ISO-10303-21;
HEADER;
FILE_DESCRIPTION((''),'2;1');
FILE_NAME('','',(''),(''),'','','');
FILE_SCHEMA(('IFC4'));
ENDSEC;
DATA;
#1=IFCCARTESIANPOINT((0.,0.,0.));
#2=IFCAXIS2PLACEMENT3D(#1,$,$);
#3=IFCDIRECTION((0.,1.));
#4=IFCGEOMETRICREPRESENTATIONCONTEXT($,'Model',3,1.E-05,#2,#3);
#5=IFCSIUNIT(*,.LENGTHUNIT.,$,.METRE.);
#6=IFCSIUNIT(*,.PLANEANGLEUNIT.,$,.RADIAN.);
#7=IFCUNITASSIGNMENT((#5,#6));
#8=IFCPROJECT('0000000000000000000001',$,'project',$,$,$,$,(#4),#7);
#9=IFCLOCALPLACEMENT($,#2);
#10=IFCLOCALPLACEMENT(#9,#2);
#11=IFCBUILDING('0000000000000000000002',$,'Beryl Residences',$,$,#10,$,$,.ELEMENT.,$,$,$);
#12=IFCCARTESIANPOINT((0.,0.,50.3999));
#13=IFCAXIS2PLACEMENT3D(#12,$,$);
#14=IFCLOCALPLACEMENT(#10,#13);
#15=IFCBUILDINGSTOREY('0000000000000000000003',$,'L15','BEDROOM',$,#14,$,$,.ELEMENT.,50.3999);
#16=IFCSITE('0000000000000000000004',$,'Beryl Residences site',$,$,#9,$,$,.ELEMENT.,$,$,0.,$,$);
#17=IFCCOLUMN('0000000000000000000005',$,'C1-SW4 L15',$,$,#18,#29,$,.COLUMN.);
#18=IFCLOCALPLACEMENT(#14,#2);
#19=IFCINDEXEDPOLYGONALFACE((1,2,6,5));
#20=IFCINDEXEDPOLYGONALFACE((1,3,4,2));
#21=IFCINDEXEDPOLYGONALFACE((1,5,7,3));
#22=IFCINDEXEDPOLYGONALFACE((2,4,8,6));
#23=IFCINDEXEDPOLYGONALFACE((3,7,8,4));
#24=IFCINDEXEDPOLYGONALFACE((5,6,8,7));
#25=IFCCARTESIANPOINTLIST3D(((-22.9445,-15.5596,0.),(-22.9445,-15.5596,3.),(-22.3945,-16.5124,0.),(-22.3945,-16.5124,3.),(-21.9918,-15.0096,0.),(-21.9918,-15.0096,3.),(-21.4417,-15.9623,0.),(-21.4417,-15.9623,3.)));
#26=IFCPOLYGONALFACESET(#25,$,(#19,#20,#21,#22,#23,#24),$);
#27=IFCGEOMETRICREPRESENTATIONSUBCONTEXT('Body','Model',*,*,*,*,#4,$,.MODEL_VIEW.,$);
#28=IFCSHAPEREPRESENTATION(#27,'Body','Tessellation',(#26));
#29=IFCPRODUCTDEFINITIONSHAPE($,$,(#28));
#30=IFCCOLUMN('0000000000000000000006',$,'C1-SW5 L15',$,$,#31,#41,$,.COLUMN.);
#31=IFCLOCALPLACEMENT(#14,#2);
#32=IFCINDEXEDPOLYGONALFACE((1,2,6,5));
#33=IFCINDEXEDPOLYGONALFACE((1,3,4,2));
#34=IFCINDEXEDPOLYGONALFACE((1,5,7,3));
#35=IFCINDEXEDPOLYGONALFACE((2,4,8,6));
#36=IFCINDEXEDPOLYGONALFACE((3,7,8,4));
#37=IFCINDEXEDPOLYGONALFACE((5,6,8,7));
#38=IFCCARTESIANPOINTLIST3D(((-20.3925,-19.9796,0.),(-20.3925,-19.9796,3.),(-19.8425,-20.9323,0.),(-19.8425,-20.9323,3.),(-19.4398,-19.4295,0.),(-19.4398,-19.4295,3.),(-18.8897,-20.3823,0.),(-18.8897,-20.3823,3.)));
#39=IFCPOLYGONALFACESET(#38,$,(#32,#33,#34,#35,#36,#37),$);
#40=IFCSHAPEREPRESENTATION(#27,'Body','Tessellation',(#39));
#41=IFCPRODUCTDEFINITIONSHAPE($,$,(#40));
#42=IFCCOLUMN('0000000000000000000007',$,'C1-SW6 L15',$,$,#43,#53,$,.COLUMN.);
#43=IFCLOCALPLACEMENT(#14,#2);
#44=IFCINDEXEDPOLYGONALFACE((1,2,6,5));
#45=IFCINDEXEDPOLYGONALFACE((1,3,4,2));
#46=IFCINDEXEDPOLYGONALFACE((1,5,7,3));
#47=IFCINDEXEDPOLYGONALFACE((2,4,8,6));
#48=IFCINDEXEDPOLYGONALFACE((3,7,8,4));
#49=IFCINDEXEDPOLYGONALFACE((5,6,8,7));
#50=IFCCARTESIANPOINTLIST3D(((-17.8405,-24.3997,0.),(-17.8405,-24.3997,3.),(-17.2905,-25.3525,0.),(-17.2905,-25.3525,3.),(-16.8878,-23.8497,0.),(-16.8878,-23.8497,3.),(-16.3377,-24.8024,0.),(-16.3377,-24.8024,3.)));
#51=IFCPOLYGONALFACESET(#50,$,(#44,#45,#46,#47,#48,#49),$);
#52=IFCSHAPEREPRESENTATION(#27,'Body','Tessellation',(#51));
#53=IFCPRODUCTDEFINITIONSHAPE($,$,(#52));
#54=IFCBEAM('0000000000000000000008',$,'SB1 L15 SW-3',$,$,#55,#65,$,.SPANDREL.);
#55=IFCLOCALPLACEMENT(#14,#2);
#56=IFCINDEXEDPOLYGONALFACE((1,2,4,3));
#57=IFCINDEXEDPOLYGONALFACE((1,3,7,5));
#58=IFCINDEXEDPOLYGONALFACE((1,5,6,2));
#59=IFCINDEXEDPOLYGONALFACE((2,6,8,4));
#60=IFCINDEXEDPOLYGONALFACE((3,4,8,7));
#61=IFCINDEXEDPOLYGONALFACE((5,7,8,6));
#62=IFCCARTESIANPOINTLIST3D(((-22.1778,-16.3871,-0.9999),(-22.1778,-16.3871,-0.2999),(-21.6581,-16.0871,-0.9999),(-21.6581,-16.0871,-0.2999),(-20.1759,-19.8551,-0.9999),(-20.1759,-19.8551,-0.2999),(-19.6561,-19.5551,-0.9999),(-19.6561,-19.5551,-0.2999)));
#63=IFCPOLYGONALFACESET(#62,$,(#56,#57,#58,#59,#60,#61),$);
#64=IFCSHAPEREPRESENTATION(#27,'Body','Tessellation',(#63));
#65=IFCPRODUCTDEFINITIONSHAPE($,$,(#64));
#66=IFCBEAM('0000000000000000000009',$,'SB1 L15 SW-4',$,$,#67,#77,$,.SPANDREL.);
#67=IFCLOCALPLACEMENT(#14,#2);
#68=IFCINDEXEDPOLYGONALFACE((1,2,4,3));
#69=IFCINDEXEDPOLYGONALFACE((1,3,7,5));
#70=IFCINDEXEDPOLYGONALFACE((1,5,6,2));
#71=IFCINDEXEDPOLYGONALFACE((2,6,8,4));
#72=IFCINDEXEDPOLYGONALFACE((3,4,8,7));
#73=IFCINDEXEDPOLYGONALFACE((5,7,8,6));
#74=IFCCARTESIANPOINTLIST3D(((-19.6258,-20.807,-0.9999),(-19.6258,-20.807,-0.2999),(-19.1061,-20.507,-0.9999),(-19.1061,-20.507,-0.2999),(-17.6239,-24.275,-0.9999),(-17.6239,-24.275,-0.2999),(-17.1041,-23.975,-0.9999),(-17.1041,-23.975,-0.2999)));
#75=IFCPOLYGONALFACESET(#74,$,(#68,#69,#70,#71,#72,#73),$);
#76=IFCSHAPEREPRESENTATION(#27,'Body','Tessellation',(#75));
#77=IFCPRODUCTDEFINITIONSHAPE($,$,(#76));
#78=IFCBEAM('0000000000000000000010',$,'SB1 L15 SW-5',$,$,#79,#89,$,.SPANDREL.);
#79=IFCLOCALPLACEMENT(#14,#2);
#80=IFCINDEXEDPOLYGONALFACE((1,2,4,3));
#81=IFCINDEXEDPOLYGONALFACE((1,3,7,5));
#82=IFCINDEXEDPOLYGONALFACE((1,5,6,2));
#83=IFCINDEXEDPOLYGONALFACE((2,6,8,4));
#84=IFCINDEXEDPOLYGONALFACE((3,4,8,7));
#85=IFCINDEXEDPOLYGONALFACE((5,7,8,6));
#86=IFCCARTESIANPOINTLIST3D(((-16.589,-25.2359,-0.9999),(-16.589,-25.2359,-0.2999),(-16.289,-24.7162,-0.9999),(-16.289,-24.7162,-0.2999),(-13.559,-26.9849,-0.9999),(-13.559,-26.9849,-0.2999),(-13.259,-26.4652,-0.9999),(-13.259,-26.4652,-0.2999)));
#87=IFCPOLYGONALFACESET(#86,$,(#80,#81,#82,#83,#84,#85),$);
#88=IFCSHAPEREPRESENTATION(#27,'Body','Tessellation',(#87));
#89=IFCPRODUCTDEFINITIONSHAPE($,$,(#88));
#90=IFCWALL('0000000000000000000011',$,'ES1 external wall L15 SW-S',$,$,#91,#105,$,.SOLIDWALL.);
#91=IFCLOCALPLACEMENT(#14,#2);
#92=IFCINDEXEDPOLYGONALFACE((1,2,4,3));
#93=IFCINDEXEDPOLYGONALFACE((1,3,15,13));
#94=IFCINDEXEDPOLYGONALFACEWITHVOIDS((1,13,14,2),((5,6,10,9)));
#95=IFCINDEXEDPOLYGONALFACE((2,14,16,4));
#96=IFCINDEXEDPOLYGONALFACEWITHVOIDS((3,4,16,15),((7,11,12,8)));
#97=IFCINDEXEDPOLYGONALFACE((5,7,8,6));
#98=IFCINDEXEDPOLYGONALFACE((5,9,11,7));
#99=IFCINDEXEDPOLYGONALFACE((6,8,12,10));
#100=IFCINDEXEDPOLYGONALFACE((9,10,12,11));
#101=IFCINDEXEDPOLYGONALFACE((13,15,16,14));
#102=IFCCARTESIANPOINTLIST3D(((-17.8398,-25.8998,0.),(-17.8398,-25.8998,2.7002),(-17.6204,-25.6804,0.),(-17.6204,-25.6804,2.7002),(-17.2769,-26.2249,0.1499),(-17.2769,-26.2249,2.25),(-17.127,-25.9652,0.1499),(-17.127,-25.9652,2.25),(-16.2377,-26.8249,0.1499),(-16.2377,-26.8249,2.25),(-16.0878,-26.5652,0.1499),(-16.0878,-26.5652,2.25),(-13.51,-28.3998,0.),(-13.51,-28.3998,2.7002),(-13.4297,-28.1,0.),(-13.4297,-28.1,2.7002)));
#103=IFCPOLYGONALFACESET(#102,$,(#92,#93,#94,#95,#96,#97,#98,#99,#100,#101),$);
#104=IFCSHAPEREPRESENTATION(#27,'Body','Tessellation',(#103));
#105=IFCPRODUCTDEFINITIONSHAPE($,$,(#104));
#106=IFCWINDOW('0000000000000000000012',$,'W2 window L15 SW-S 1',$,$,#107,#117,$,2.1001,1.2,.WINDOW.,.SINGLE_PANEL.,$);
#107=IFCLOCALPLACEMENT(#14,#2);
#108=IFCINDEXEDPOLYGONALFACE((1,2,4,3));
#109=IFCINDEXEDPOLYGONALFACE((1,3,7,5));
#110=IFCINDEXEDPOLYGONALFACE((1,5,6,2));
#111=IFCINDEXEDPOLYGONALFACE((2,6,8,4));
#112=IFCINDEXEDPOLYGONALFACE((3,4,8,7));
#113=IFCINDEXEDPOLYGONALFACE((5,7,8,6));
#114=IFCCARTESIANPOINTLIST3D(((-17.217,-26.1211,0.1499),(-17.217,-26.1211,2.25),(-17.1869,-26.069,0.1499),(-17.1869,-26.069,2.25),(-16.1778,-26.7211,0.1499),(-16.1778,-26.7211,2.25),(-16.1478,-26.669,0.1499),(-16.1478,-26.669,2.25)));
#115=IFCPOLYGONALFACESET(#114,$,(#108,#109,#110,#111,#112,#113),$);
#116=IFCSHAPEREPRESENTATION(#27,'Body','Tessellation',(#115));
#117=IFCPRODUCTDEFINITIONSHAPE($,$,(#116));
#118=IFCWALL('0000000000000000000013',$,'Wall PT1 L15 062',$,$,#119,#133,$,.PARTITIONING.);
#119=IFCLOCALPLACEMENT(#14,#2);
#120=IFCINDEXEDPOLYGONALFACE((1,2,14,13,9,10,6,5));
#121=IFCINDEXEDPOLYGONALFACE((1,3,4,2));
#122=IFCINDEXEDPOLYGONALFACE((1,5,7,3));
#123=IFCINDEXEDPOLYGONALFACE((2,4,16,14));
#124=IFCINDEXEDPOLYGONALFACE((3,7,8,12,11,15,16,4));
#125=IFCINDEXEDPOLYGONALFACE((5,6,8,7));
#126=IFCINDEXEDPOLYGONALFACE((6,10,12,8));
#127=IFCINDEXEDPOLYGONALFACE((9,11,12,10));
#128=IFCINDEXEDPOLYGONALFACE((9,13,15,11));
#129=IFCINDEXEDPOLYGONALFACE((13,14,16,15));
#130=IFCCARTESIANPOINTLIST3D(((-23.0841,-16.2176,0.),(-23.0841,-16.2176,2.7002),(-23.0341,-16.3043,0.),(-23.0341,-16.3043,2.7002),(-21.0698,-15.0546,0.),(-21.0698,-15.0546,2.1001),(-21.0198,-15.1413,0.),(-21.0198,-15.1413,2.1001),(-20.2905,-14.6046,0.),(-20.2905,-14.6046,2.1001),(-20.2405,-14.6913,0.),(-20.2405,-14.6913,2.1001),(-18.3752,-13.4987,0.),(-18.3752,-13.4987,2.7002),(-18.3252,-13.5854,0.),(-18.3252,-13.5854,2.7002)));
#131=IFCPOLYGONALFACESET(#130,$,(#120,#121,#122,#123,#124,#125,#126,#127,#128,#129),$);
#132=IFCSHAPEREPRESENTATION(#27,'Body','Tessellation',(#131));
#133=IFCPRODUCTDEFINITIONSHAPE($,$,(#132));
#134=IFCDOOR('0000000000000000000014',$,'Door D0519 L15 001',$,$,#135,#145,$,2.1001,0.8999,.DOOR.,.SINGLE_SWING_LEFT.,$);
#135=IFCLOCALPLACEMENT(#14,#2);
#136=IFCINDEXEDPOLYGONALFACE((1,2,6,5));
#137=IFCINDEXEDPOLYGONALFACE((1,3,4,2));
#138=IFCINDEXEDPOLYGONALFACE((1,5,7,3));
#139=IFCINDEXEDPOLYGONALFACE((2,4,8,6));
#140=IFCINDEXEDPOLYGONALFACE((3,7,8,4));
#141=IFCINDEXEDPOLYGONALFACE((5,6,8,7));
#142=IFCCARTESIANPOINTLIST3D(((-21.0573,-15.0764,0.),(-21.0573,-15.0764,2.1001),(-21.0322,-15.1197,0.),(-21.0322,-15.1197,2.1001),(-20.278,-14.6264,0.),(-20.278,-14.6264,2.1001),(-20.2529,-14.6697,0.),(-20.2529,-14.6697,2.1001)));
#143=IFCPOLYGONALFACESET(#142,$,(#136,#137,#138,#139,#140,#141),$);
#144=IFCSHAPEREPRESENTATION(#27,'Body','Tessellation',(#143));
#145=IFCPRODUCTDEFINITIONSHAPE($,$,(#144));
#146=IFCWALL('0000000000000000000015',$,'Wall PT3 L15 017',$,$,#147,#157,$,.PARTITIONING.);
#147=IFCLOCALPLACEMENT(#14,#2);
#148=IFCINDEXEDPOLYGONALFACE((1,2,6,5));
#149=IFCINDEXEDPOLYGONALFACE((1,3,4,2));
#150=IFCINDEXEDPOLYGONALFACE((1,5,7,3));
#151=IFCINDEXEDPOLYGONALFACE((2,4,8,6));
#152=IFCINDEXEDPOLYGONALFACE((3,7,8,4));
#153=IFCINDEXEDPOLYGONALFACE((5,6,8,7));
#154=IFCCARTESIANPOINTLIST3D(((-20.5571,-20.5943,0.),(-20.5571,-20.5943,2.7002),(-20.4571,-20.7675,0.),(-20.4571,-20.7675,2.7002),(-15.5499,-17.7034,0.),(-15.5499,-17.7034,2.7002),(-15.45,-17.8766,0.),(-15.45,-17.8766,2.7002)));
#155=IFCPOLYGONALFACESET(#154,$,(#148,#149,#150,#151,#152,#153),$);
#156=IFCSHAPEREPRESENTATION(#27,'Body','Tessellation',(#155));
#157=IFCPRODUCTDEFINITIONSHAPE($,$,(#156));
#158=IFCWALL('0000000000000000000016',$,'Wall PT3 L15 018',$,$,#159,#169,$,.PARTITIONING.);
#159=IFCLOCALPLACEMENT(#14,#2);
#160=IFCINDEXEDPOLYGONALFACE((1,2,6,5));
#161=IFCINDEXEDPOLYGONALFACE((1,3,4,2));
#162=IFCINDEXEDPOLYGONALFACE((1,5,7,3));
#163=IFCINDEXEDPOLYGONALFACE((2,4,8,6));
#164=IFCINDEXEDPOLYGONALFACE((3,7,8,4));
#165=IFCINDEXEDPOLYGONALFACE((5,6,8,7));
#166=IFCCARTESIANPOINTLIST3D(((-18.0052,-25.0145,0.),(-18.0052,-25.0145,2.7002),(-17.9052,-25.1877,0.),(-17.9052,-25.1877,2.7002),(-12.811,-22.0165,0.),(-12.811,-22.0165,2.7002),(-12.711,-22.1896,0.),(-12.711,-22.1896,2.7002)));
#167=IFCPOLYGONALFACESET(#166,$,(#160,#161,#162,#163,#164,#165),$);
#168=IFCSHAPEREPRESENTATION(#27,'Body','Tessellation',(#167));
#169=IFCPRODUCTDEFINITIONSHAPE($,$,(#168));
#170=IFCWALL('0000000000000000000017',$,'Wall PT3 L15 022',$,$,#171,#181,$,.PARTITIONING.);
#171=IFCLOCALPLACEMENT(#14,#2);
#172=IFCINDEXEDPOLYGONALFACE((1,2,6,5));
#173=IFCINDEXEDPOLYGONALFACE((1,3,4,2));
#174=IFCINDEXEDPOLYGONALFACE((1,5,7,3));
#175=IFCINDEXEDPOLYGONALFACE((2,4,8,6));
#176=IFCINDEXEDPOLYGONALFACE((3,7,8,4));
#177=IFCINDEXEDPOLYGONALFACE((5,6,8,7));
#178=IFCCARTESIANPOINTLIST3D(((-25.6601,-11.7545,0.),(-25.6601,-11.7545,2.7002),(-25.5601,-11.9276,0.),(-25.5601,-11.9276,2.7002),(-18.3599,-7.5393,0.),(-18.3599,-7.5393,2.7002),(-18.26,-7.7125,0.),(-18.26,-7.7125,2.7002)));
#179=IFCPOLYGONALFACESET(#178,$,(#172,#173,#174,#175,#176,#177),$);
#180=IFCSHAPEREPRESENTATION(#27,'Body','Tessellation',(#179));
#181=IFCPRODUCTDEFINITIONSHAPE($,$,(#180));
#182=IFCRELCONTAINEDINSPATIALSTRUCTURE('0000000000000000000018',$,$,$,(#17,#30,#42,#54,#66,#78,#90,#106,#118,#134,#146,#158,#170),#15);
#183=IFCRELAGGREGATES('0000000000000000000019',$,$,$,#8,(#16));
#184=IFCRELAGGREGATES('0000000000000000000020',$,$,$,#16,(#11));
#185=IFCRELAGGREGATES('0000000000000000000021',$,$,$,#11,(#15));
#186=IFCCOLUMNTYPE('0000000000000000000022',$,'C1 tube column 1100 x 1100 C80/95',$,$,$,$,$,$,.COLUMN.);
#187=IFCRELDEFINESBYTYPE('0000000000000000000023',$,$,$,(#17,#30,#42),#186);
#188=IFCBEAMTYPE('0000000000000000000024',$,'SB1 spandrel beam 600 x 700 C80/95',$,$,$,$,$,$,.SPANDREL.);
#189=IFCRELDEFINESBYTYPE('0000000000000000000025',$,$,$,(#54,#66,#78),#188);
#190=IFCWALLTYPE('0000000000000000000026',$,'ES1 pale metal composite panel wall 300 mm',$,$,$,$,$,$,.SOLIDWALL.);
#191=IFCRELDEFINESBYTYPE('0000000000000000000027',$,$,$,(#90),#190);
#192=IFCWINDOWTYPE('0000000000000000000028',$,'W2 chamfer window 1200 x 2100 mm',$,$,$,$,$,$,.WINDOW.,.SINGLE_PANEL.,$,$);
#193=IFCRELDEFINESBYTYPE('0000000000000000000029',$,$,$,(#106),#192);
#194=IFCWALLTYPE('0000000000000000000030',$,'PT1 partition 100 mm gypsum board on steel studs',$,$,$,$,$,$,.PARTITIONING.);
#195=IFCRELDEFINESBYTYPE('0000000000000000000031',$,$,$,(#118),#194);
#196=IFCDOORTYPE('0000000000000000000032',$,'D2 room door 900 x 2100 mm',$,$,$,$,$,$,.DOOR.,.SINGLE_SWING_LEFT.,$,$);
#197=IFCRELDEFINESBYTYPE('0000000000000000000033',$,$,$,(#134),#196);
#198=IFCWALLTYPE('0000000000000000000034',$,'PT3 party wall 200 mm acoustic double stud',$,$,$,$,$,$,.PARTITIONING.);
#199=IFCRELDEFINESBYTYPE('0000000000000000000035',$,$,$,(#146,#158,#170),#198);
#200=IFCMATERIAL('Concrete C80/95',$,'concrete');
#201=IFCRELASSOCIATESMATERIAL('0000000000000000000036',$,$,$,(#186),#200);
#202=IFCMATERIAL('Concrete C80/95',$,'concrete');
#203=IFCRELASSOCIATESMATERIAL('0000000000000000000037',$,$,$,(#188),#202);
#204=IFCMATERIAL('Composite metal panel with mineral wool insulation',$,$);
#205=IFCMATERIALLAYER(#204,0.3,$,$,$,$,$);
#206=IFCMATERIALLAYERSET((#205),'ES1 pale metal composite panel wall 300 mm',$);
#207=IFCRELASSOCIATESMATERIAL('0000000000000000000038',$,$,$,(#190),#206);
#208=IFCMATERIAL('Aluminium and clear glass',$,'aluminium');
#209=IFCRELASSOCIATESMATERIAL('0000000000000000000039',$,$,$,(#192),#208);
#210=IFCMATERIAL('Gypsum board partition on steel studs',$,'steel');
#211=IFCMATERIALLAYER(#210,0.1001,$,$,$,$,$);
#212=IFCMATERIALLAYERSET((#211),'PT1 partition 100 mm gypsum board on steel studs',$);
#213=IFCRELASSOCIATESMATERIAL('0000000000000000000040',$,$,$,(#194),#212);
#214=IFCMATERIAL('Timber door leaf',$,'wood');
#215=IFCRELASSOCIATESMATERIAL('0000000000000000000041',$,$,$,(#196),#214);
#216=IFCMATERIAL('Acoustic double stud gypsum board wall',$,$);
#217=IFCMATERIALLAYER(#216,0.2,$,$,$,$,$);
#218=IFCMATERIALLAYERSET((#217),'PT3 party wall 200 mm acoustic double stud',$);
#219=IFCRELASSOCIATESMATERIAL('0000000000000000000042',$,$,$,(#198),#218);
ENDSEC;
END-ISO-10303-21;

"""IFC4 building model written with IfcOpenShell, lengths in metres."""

from ifc_helpers import new_model, si_unit, direction, frame, frame_2d, origin, origin_2d, place, context, subcontext, project, spatial, polyline, rectangle, outline, extrude, material, layer, layer_set, material_profile, profile_set, type_object, element, fill, save


model = new_model("IFC4")

# Units and contexts
model_context = context("Model", 3, precision=1e-05, world=origin(), true_north=direction((0.0, 1.0)))
body_context = subcontext(model_context, "Body", "Model", "MODEL_VIEW")
ifc_project = project(units=[si_unit("LENGTHUNIT", "METRE"), si_unit("PLANEANGLEUNIT", "RADIAN")], contexts=[model_context])

# Site, building, storey
site_placement = place(None, origin())
site = spatial("IfcSite", under=ifc_project, at=site_placement, Name="Beryl Residences site", CompositionType="ELEMENT", RefElevation=0.0)
building_placement = place(site_placement, origin())
building = spatial("IfcBuilding", under=site, at=building_placement, Name="Beryl Residences", CompositionType="ELEMENT")
storey_placement = place(building_placement, frame((0.0, 0.0, 50.3999)))
storey = spatial("IfcBuildingStorey", under=building, at=storey_placement, Name="L15", Description="BEDROOM", CompositionType="ELEMENT", Elevation=50.3999)

# Columns
ifc_material_1 = material(Name="Concrete C80/95", Category="concrete")
ifc_material_profile_1 = material_profile(ifc_material_1, rectangle(XDim=1.1001, YDim=1.1001, at=origin_2d()))
ifc_profile_set_1 = profile_set([ifc_material_profile_1], Name="Concrete C80/95")
column_type = type_object("IfcColumnType", Name="C1 tube column 1100 x 1100 C80/95", PredefinedType="COLUMN", material=ifc_profile_set_1)
for number, where, z_axis, x_axis, name in (
    (1, (-22.1931, -15.761, 0.0), (0.0, 0.0, 1.0), (0.499985, -0.866034, 0.0), "C1-SW4 L15"),
    (2, (-19.6411, -20.1809, 0.0), (0.0, 0.0, 1.0), (0.499985, -0.866034, 0.0), "C1-SW5 L15"),
    (3, (-17.0891, -24.6011, 0.0), (0.0, 0.0, 1.0), (0.499985, -0.866034, 0.0), "C1-SW6 L15"),
):
    element("IfcColumn", number, at=place(storey_placement, frame(where, z_axis=z_axis, x_axis=x_axis)), inside=storey, type_object=column_type, Name=name, PredefinedType="COLUMN", context=body_context, shape_type="SweptSolid", body=[
        extrude(rectangle(XDim=1.1001, YDim=1.1001, at=origin_2d()), origin(), (0.0, 0.0, 1.0), 3.0),
    ])

# Beams
ifc_material_2 = material(Name="Concrete C80/95", Category="concrete")
ifc_material_profile_2 = material_profile(ifc_material_2, rectangle(XDim=0.6001, YDim=0.7, at=origin_2d()))
ifc_profile_set_2 = profile_set([ifc_material_profile_2], Name="Concrete C80/95")
beam_type = type_object("IfcBeamType", Name="SB1 spandrel beam 600 x 700 C80/95", PredefinedType="SPANDREL", material=ifc_profile_set_2)
for number, where, z_axis, x_axis, name in (
    (4, (-21.918, -16.2371, -0.6499), (0.499942, -0.866059, 0.0), (0.866059, 0.499942, 0.0), "SB1 L15 SW-3"),
    (5, (-19.366, -20.657, -0.6499), (0.499942, -0.866059, 0.0), (0.866059, 0.499942, 0.0), "SB1 L15 SW-4"),
):
    element("IfcBeam", number, at=place(storey_placement, frame(where, z_axis=z_axis, x_axis=x_axis)), inside=storey, type_object=beam_type, Name=name, PredefinedType="SPANDREL", context=body_context, shape_type="SweptSolid", body=[
        extrude(rectangle(XDim=0.6001, YDim=0.7, at=origin_2d()), origin(), (0.0, 0.0, 1.0), 4.0044),
    ])
beam_placement = place(storey_placement, frame((-16.439, -24.9761, -0.6499), z_axis=(0.866071, -0.499922, 0.0), x_axis=(0.499922, 0.866071, 0.0)))
element("IfcBeam", 6, at=beam_placement, inside=storey, type_object=beam_type, Name="SB1 L15 SW-5", PredefinedType="SPANDREL", context=body_context, shape_type="SweptSolid", body=[
    extrude(rectangle(XDim=0.6001, YDim=0.7, at=origin_2d()), origin(), (0.0, 0.0, 1.0), 3.4985),
])

# Wall, opening, window
ifc_material_3 = material(Name="Composite metal panel with mineral wool insulation")
ifc_layer_1 = layer(ifc_material_3, 0.3)
ifc_layer_set_1 = layer_set([ifc_layer_1], Name="ES1 pale metal composite panel wall 300 mm")
wall_type_1 = type_object("IfcWallType", Name="ES1 pale metal composite panel wall 300 mm", PredefinedType="SOLIDWALL", material=ifc_layer_set_1)
wall_1_placement = place(storey_placement, frame((-17.7649, -25.77, 0.0), z_axis=(0.0, 0.0, 1.0), x_axis=(0.866011, -0.500025, 0.0)))
wall_1 = element("IfcWall", 7, at=wall_1_placement, inside=storey, type_object=wall_type_1, Name="ES1 external wall L15 SW-S", PredefinedType="SOLIDWALL", context=body_context, shape_type="SweptSolid", body=[
    extrude(outline(polyline([(0.0, -0.1499), (4.9998, -0.1499), (4.9194, 0.1499), (0.0803, 0.1499), (0.0, -0.1499)])), origin(), (0.0, 0.0, 1.0), 2.7002),
])
opening_1_placement = place(wall_1_placement, frame((0.6499, 0.0, 0.1499)))
opening_1 = element("IfcOpeningElement", 8, at=opening_1_placement, cuts=wall_1, PredefinedType="OPENING", context=body_context, shape_type="SweptSolid", body=[
    extrude(rectangle(XDim=1.2, YDim=2.1001, at=frame_2d((0.6001, 1.05))), frame((0.0, 0.1599, 0.0), z_axis=(0.0, -1.0, 0.0), x_axis=(1.0, 0.0, 0.0)), (0.0, 0.0, 1.0), 0.3201),
])
ifc_material_4 = material(Name="Aluminium and clear glass", Category="aluminium")
window_type = type_object("IfcWindowType", Name="W2 chamfer window 1200 x 2100 mm", PartitioningType="SINGLE_PANEL", PredefinedType="WINDOW", material=ifc_material_4)
window_placement = place(opening_1_placement, origin())
window = element("IfcWindow", 9, at=window_placement, inside=storey, type_object=window_type, Name="W2 window L15 SW-S 1", OverallHeight=2.1001, OverallWidth=1.2, PartitioningType="SINGLE_PANEL", PredefinedType="WINDOW", context=body_context, shape_type="SweptSolid", body=[
    extrude(rectangle(XDim=1.2, YDim=2.1001, at=frame_2d((0.6001, 1.05))), frame((0.0, 0.03, 0.0), z_axis=(0.0, -1.0, 0.0), x_axis=(1.0, 0.0, 0.0)), (0.0, 0.0, 1.0), 0.0601),
])
fill(opening_1, window)

# Wall, opening, door
ifc_material_5 = material(Name="Gypsum board partition on steel studs", Category="steel")
ifc_layer_2 = layer(ifc_material_5, 0.1001)
ifc_layer_set_2 = layer_set([ifc_layer_2], Name="PT1 partition 100 mm gypsum board on steel studs")
wall_type_2 = type_object("IfcWallType", Name="PT1 partition 100 mm gypsum board on steel studs", PredefinedType="PARTITIONING", material=ifc_layer_set_2)
wall_2_placement = place(storey_placement, frame((-23.0591, -16.261, 0.0), z_axis=(0.0, 0.0, 1.0), x_axis=(0.866005, 0.500036, 0.0)))
wall_2 = element("IfcWall", 10, at=wall_2_placement, inside=storey, type_object=wall_type_2, Name="Wall PT1 L15 062", PredefinedType="PARTITIONING", context=body_context, shape_type="SweptSolid", body=[
    extrude(rectangle(XDim=5.4375, YDim=0.1001, at=frame_2d((2.7188, 0.0))), origin(), (0.0, 0.0, 1.0), 2.7002),
])
opening_2_placement = place(wall_2_placement, frame((2.3259, 0.0, 0.0)))
opening_2 = element("IfcOpeningElement", 11, at=opening_2_placement, cuts=wall_2, PredefinedType="OPENING", context=body_context, shape_type="SweptSolid", body=[
    extrude(rectangle(XDim=0.8999, YDim=2.1001, at=frame_2d((0.45, 1.05))), frame((0.0, 0.0601, 0.0), z_axis=(0.0, -1.0, 0.0), x_axis=(1.0, 0.0, 0.0)), (0.0, 0.0, 1.0), 0.1201),
])
ifc_material_6 = material(Name="Timber door leaf", Category="wood")
door_type_1 = type_object("IfcDoorType", Name="D2 room door 900 x 2100 mm", OperationType="SINGLE_SWING_LEFT", PredefinedType="DOOR", material=ifc_material_6)
door_1_placement = place(opening_2_placement, origin())
door_1 = element("IfcDoor", 12, at=door_1_placement, inside=storey, type_object=door_type_1, Name="Door D0519 L15 001", OperationType="SINGLE_SWING_LEFT", OverallHeight=2.1001, OverallWidth=0.8999, PredefinedType="DOOR", context=body_context, shape_type="SweptSolid", body=[
    extrude(rectangle(XDim=0.8999, YDim=2.1001, at=frame_2d((0.45, 1.05))), frame((0.0, 0.0249, 0.0), z_axis=(0.0, -1.0, 0.0), x_axis=(1.0, 0.0, 0.0)), (0.0, 0.0, 1.0), 0.05),
])
fill(opening_2, door_1)

# Walls
ifc_material_7 = material(Name="Acoustic double stud gypsum board wall")
ifc_layer_3 = layer(ifc_material_7, 0.2)
ifc_layer_set_3 = layer_set([ifc_layer_3], Name="PT3 party wall 200 mm acoustic double stud")
wall_type_3 = type_object("IfcWallType", Name="PT3 party wall 200 mm acoustic double stud", PredefinedType="PARTITIONING", material=ifc_layer_set_3)
wall_3_placement = place(storey_placement, frame((-20.5071, -20.6809, 0.0), z_axis=(0.0, 0.0, 1.0), x_axis=(0.866023, 0.500004, 0.0)))
element("IfcWall", 13, at=wall_3_placement, inside=storey, type_object=wall_type_3, Name="Wall PT3 L15 017", PredefinedType="PARTITIONING", context=body_context, shape_type="SweptSolid", body=[
    extrude(rectangle(XDim=5.7817, YDim=0.2, at=frame_2d((2.8909, 0.0))), origin(), (0.0, 0.0, 1.0), 2.7002),
])
wall_4_placement = place(storey_placement, frame((-17.9551, -25.1011, 0.0), z_axis=(0.0, 0.0, 1.0), x_axis=(0.866081, 0.499905, 0.0)))
element("IfcWall", 14, at=wall_4_placement, inside=storey, type_object=wall_type_3, Name="Wall PT3 L15 018", PredefinedType="PARTITIONING", context=body_context, shape_type="SweptSolid", body=[
    extrude(rectangle(XDim=5.9973, YDim=0.2, at=frame_2d((2.9985, 0.0))), origin(), (0.0, 0.0, 1.0), 2.7002),
])
wall_5_placement = place(storey_placement, frame((-25.6101, -11.8411, 0.0), z_axis=(0.0, 0.0, 1.0), x_axis=(0.866005, 0.500036, 0.0)))
element("IfcWall", 15, at=wall_5_placement, inside=storey, type_object=wall_type_3, Name="Wall PT3 L15 022", PredefinedType="PARTITIONING", context=body_context, shape_type="SweptSolid", body=[
    extrude(rectangle(XDim=8.4297, YDim=0.2, at=frame_2d((4.2148, 0.0))), origin(), (0.0, 0.0, 1.0), 2.7002),
])

save(model, "model.ifc")
